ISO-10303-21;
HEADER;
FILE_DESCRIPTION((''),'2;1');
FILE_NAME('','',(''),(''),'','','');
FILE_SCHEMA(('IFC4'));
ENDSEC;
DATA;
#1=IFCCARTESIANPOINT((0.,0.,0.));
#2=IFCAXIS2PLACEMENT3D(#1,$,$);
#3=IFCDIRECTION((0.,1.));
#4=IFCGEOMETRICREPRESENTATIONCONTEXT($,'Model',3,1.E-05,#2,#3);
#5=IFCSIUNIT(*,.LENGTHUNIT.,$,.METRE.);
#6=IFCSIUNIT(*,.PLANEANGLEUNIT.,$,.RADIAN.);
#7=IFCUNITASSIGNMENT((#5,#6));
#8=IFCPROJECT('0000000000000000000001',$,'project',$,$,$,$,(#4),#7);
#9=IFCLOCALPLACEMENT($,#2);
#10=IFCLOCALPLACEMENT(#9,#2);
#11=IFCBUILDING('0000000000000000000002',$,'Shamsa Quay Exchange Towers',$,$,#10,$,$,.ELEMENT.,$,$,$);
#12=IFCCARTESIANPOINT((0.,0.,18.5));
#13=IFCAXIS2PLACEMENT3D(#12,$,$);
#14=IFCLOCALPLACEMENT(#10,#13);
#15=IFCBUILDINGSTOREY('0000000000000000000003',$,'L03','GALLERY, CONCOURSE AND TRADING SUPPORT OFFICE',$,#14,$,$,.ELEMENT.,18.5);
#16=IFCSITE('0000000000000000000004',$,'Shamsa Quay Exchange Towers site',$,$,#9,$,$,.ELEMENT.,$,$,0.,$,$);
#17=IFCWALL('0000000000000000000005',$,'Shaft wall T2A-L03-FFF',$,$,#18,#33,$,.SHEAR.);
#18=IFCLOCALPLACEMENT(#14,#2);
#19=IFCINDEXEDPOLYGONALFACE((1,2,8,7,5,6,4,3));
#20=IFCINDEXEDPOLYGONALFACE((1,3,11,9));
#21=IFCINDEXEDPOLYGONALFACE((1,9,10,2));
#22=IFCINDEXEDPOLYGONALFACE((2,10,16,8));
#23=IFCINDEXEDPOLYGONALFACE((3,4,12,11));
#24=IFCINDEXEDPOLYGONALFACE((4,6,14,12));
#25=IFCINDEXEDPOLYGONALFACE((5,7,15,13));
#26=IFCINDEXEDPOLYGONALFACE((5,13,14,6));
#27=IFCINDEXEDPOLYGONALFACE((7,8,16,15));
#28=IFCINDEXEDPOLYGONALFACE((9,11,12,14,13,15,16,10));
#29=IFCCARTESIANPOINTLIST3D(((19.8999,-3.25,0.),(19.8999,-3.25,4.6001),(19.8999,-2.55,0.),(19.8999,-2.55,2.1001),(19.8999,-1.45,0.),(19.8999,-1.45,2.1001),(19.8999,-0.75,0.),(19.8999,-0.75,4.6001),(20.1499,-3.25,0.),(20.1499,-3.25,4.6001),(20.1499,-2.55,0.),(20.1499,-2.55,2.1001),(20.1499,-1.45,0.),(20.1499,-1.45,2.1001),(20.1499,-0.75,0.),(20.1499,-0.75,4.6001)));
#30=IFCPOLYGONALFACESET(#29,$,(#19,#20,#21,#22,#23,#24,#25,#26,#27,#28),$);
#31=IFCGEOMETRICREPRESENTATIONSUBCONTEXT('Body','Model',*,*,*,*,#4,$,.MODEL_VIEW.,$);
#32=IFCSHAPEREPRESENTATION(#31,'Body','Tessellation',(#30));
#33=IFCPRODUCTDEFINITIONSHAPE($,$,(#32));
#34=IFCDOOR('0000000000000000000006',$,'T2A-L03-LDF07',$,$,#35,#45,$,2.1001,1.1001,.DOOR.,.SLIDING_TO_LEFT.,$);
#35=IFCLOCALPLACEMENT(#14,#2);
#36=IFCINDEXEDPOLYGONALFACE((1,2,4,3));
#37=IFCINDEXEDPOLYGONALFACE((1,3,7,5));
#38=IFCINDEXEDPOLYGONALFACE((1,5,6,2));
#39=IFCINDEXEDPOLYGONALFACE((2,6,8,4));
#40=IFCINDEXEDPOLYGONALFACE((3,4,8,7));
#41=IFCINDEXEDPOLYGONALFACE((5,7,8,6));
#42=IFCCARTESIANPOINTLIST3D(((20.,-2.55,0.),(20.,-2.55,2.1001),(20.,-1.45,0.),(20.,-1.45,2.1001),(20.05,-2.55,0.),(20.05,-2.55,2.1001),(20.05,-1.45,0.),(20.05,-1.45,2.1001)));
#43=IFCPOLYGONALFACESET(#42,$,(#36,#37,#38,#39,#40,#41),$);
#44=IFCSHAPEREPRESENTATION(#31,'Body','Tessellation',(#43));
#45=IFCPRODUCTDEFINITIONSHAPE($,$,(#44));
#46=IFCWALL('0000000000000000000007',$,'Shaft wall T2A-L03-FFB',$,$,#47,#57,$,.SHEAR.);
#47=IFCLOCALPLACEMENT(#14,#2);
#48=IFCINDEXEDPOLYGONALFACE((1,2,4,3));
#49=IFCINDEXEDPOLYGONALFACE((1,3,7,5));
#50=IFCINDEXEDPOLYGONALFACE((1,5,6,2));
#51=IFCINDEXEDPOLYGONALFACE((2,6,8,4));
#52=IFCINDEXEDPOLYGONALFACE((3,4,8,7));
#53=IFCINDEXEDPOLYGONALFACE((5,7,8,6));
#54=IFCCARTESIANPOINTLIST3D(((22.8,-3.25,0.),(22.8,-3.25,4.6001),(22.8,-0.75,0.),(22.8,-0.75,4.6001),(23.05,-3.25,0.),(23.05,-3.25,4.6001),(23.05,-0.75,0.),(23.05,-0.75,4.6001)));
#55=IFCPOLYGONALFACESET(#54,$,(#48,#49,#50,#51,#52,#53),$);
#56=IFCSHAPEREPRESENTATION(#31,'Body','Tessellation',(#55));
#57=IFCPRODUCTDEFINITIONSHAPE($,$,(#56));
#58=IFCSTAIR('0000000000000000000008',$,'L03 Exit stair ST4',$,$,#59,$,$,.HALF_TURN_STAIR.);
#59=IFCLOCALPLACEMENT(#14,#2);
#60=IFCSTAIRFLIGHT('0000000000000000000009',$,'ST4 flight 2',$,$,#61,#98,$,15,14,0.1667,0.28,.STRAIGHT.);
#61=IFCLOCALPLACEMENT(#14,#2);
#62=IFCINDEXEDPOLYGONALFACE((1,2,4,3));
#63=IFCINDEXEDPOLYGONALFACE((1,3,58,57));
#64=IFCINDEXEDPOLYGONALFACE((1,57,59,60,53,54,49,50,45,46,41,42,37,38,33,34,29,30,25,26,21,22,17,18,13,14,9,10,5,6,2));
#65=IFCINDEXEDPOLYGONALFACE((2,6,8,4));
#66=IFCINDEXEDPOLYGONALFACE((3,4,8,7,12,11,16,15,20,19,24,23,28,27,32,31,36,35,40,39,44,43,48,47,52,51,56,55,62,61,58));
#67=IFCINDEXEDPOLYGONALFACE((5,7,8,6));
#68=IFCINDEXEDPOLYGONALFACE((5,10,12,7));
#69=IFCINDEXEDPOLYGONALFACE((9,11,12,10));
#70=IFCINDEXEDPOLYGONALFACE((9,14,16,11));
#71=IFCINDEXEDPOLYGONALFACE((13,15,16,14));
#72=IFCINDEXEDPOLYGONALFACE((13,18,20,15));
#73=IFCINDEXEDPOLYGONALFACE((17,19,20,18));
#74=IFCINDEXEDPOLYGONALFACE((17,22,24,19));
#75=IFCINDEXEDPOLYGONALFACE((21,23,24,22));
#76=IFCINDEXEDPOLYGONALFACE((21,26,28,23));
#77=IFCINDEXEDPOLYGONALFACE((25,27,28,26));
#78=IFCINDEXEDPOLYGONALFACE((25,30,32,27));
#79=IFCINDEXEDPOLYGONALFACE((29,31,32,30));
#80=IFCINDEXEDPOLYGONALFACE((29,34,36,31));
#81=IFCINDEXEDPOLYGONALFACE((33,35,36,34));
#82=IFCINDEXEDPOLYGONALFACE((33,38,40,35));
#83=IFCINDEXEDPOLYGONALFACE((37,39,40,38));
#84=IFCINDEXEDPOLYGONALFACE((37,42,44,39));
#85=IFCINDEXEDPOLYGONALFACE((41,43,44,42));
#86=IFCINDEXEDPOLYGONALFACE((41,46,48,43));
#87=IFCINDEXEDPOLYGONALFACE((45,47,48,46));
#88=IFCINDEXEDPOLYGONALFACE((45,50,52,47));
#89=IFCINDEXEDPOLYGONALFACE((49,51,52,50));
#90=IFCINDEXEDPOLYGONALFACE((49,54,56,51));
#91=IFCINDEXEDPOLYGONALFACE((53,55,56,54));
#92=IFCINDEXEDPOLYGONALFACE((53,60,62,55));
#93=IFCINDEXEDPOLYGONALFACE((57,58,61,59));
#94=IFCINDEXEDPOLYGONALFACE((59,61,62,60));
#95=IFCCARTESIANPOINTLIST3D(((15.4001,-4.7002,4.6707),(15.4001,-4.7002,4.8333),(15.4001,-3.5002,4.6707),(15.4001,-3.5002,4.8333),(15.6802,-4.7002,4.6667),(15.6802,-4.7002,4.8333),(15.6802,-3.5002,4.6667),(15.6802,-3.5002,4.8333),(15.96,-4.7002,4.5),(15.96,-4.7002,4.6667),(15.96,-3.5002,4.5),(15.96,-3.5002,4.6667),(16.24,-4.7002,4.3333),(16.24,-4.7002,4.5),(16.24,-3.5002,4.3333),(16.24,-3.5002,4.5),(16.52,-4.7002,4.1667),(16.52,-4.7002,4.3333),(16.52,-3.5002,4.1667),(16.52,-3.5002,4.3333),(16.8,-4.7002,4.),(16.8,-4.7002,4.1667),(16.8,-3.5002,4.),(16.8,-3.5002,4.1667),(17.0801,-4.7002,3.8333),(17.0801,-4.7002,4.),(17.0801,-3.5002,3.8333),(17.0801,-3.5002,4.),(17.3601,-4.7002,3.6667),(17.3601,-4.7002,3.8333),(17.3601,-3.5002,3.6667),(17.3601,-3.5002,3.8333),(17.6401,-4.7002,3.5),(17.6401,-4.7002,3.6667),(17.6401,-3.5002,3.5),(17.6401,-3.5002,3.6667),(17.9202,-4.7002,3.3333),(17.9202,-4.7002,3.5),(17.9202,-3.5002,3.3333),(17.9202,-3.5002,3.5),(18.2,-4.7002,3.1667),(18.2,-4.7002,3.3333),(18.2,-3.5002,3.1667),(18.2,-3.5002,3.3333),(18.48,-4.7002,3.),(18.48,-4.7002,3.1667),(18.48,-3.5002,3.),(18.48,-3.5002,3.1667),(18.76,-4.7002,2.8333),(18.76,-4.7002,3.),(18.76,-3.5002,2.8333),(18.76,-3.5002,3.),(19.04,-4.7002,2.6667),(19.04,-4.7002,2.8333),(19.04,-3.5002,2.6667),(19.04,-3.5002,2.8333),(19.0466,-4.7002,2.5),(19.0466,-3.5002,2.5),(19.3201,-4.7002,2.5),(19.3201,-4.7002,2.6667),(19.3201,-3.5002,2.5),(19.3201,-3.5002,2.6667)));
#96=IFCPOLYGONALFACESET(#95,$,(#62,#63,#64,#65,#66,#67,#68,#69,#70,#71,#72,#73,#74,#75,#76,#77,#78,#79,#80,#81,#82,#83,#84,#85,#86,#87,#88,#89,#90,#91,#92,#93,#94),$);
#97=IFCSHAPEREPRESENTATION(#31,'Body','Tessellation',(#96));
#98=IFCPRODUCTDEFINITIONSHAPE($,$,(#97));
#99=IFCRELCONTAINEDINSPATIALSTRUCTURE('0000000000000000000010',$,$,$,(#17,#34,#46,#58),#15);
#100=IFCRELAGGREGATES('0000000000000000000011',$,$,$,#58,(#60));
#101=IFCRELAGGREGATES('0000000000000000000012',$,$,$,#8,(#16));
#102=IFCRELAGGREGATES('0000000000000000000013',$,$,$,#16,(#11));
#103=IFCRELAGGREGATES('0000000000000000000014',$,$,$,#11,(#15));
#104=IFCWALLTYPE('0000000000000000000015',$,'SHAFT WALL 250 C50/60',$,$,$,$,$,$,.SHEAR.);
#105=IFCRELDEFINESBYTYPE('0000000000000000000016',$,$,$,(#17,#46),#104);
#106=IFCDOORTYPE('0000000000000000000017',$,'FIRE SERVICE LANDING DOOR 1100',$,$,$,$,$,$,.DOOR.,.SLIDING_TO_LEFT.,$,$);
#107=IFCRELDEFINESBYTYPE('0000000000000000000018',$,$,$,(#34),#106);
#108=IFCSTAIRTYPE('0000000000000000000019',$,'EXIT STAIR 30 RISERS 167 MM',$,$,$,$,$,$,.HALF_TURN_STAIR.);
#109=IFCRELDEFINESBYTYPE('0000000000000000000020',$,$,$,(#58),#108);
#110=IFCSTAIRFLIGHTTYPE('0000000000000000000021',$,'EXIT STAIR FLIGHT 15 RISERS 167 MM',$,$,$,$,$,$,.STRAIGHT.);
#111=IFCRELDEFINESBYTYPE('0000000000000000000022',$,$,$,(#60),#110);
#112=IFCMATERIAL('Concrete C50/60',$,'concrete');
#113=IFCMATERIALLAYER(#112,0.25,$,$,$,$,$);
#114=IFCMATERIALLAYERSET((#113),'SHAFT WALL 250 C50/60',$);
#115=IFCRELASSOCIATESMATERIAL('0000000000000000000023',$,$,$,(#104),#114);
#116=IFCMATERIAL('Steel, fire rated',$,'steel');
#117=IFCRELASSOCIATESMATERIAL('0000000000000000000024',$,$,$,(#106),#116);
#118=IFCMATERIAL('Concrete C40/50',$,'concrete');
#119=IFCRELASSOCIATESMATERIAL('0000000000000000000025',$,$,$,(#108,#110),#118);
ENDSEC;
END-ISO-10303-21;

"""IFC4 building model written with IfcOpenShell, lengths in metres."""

from ifc_helpers import new_model, si_unit, direction, frame, frame_2d, origin, place, context, subcontext, project, spatial, polyline, rectangle, outline, extrude, material, layer, layer_set, type_object, element, fill, aggregate, save


model = new_model("IFC4")

# Units and contexts
model_context = context("Model", 3, precision=1e-05, world=origin(), true_north=direction((0.0, 1.0)))
body_context = subcontext(model_context, "Body", "Model", "MODEL_VIEW")
ifc_project = project(units=[si_unit("LENGTHUNIT", "METRE"), si_unit("PLANEANGLEUNIT", "RADIAN")], contexts=[model_context])

# Site, building, storey
site_placement = place(None, origin())
site = spatial("IfcSite", under=ifc_project, at=site_placement, Name="Shamsa Quay Exchange Towers site", CompositionType="ELEMENT", RefElevation=0.0)
building_placement = place(site_placement, origin())
building = spatial("IfcBuilding", under=site, at=building_placement, Name="Shamsa Quay Exchange Towers", CompositionType="ELEMENT")
storey_placement = place(building_placement, frame((0.0, 0.0, 18.5)))
storey = spatial("IfcBuildingStorey", under=building, at=storey_placement, Name="L03", Description="GALLERY, CONCOURSE AND TRADING SUPPORT OFFICE", CompositionType="ELEMENT", Elevation=18.5)

# Shared definitions
ifc_material_1 = material(Name="Steel, fire rated", Category="steel")

# Shared definitions
ifc_material_2 = material(Name="Concrete C50/60", Category="concrete")
ifc_layer_1 = layer(ifc_material_2, 0.25)
ifc_layer_set_1 = layer_set([ifc_layer_1], Name="SHAFT WALL 250 C50/60")
wall_type_1 = type_object("IfcWallType", Name="SHAFT WALL 250 C50/60", PredefinedType="SHEAR", material=ifc_layer_set_1)

# Wall, opening, door
wall_1_placement = place(storey_placement, frame((20.0249, -3.25, 0.0), z_axis=(0.0, 0.0, 1.0), x_axis=(0.0, 1.0, 0.0)))
wall_1 = element("IfcWall", 1, at=wall_1_placement, inside=storey, type_object=wall_type_1, Name="Shaft wall T2A-L03-FFF", PredefinedType="SHEAR", context=body_context, shape_type="SweptSolid", body=[
    extrude(rectangle(XDim=2.5, YDim=0.25, at=frame_2d((1.25, 0.0))), origin(), (0.0, 0.0, 1.0), 4.6001),
])
opening_1_placement = place(wall_1_placement, frame((0.7, 0.0, 0.0)))
opening_1 = element("IfcOpeningElement", 2, at=opening_1_placement, cuts=wall_1, PredefinedType="OPENING", context=body_context, shape_type="SweptSolid", body=[
    extrude(rectangle(XDim=1.1001, YDim=2.1001, at=frame_2d((0.55, 1.05))), frame((0.0, 0.135, 0.0), z_axis=(0.0, -1.0, 0.0), x_axis=(1.0, 0.0, 0.0)), (0.0, 0.0, 1.0), 0.27),
])
door_type_1 = type_object("IfcDoorType", Name="FIRE SERVICE LANDING DOOR 1100", OperationType="SLIDING_TO_LEFT", PredefinedType="DOOR", material=ifc_material_1)
door_1_placement = place(opening_1_placement, origin())
door_1 = element("IfcDoor", 3, at=door_1_placement, inside=storey, type_object=door_type_1, Name="T2A-L03-LDF07", OperationType="SLIDING_TO_LEFT", OverallHeight=2.1001, OverallWidth=1.1001, PredefinedType="DOOR", context=body_context, shape_type="SweptSolid", body=[
    extrude(rectangle(XDim=1.1001, YDim=2.1001, at=frame_2d((0.55, 1.05))), frame((0.0, 0.0249, 0.0), z_axis=(0.0, -1.0, 0.0), x_axis=(1.0, 0.0, 0.0)), (0.0, 0.0, 1.0), 0.05),
])
fill(opening_1, door_1)

# Wall
wall_2_placement = place(storey_placement, frame((22.925, -3.25, 0.0), z_axis=(0.0, 0.0, 1.0), x_axis=(0.0, 1.0, 0.0)))
element("IfcWall", 4, at=wall_2_placement, inside=storey, type_object=wall_type_1, Name="Shaft wall T2A-L03-FFB", PredefinedType="SHEAR", context=body_context, shape_type="SweptSolid", body=[
    extrude(rectangle(XDim=2.5, YDim=0.25, at=frame_2d((1.25, 0.0))), origin(), (0.0, 0.0, 1.0), 4.6001),
])

# Stair, stair flight
ifc_material_3 = material(Name="Concrete C40/50", Category="concrete")
stair_type = type_object("IfcStairType", Name="EXIT STAIR 30 RISERS 167 MM", PredefinedType="HALF_TURN_STAIR", material=ifc_material_3)
stair_placement = place(storey_placement, origin())
stair = element("IfcStair", 5, at=stair_placement, inside=storey, type_object=stair_type, Name="L03 Exit stair ST4", PredefinedType="HALF_TURN_STAIR")
stair_flight_type = type_object("IfcStairFlightType", Name="EXIT STAIR FLIGHT 15 RISERS 167 MM", PredefinedType="STRAIGHT", material=ifc_material_3)
stair_flight_placement = place(storey_placement, frame((19.3201, -4.1001, 2.5), z_axis=(0.0, 0.0, 1.0), x_axis=(-1.0, 0.0, 0.0)))
stair_flight = element("IfcStairFlight", 6, at=stair_flight_placement, type_object=stair_flight_type, Name="ST4 flight 2", NumberOfRisers=15, NumberOfTreads=14, PredefinedType="STRAIGHT", RiserHeight=0.1667, TreadLength=0.28, context=body_context, shape_type="SweptSolid", body=[
    extrude(outline(polyline([(0.0, 0.0), (0.0, 0.1667), (0.28, 0.1667), (0.28, 0.3333), (0.5601, 0.3333), (0.5601, 0.5), (0.8401, 0.5), (0.8401, 0.6667), (1.1201, 0.6667), (1.1201, 0.8333), (1.3999, 0.8333), (1.3999, 1.0), (1.6799, 1.0), (1.6799, 1.1667), (1.96, 1.1667), (1.96, 1.3333), (2.24, 1.3333), (2.24, 1.5), (2.52, 1.5), (2.52, 1.6667), (2.8, 1.6667), (2.8, 1.8333), (3.0801, 1.8333), (3.0801, 2.0), (3.3601, 2.0), (3.3601, 2.1667), (3.6399, 2.1667), (3.6399, 2.3333), (3.9199, 2.3333), (3.9199, 2.5), (3.9199, 2.1707), (0.2734, 0.0), (0.0, 0.0)])), frame((0.0, 0.6001, 0.0), z_axis=(0.0, -1.0, 0.0), x_axis=(1.0, 0.0, 0.0)), (0.0, 0.0, 1.0), 1.2),
])
aggregate(stair, [stair_flight])

save(model, "model.ifc")
